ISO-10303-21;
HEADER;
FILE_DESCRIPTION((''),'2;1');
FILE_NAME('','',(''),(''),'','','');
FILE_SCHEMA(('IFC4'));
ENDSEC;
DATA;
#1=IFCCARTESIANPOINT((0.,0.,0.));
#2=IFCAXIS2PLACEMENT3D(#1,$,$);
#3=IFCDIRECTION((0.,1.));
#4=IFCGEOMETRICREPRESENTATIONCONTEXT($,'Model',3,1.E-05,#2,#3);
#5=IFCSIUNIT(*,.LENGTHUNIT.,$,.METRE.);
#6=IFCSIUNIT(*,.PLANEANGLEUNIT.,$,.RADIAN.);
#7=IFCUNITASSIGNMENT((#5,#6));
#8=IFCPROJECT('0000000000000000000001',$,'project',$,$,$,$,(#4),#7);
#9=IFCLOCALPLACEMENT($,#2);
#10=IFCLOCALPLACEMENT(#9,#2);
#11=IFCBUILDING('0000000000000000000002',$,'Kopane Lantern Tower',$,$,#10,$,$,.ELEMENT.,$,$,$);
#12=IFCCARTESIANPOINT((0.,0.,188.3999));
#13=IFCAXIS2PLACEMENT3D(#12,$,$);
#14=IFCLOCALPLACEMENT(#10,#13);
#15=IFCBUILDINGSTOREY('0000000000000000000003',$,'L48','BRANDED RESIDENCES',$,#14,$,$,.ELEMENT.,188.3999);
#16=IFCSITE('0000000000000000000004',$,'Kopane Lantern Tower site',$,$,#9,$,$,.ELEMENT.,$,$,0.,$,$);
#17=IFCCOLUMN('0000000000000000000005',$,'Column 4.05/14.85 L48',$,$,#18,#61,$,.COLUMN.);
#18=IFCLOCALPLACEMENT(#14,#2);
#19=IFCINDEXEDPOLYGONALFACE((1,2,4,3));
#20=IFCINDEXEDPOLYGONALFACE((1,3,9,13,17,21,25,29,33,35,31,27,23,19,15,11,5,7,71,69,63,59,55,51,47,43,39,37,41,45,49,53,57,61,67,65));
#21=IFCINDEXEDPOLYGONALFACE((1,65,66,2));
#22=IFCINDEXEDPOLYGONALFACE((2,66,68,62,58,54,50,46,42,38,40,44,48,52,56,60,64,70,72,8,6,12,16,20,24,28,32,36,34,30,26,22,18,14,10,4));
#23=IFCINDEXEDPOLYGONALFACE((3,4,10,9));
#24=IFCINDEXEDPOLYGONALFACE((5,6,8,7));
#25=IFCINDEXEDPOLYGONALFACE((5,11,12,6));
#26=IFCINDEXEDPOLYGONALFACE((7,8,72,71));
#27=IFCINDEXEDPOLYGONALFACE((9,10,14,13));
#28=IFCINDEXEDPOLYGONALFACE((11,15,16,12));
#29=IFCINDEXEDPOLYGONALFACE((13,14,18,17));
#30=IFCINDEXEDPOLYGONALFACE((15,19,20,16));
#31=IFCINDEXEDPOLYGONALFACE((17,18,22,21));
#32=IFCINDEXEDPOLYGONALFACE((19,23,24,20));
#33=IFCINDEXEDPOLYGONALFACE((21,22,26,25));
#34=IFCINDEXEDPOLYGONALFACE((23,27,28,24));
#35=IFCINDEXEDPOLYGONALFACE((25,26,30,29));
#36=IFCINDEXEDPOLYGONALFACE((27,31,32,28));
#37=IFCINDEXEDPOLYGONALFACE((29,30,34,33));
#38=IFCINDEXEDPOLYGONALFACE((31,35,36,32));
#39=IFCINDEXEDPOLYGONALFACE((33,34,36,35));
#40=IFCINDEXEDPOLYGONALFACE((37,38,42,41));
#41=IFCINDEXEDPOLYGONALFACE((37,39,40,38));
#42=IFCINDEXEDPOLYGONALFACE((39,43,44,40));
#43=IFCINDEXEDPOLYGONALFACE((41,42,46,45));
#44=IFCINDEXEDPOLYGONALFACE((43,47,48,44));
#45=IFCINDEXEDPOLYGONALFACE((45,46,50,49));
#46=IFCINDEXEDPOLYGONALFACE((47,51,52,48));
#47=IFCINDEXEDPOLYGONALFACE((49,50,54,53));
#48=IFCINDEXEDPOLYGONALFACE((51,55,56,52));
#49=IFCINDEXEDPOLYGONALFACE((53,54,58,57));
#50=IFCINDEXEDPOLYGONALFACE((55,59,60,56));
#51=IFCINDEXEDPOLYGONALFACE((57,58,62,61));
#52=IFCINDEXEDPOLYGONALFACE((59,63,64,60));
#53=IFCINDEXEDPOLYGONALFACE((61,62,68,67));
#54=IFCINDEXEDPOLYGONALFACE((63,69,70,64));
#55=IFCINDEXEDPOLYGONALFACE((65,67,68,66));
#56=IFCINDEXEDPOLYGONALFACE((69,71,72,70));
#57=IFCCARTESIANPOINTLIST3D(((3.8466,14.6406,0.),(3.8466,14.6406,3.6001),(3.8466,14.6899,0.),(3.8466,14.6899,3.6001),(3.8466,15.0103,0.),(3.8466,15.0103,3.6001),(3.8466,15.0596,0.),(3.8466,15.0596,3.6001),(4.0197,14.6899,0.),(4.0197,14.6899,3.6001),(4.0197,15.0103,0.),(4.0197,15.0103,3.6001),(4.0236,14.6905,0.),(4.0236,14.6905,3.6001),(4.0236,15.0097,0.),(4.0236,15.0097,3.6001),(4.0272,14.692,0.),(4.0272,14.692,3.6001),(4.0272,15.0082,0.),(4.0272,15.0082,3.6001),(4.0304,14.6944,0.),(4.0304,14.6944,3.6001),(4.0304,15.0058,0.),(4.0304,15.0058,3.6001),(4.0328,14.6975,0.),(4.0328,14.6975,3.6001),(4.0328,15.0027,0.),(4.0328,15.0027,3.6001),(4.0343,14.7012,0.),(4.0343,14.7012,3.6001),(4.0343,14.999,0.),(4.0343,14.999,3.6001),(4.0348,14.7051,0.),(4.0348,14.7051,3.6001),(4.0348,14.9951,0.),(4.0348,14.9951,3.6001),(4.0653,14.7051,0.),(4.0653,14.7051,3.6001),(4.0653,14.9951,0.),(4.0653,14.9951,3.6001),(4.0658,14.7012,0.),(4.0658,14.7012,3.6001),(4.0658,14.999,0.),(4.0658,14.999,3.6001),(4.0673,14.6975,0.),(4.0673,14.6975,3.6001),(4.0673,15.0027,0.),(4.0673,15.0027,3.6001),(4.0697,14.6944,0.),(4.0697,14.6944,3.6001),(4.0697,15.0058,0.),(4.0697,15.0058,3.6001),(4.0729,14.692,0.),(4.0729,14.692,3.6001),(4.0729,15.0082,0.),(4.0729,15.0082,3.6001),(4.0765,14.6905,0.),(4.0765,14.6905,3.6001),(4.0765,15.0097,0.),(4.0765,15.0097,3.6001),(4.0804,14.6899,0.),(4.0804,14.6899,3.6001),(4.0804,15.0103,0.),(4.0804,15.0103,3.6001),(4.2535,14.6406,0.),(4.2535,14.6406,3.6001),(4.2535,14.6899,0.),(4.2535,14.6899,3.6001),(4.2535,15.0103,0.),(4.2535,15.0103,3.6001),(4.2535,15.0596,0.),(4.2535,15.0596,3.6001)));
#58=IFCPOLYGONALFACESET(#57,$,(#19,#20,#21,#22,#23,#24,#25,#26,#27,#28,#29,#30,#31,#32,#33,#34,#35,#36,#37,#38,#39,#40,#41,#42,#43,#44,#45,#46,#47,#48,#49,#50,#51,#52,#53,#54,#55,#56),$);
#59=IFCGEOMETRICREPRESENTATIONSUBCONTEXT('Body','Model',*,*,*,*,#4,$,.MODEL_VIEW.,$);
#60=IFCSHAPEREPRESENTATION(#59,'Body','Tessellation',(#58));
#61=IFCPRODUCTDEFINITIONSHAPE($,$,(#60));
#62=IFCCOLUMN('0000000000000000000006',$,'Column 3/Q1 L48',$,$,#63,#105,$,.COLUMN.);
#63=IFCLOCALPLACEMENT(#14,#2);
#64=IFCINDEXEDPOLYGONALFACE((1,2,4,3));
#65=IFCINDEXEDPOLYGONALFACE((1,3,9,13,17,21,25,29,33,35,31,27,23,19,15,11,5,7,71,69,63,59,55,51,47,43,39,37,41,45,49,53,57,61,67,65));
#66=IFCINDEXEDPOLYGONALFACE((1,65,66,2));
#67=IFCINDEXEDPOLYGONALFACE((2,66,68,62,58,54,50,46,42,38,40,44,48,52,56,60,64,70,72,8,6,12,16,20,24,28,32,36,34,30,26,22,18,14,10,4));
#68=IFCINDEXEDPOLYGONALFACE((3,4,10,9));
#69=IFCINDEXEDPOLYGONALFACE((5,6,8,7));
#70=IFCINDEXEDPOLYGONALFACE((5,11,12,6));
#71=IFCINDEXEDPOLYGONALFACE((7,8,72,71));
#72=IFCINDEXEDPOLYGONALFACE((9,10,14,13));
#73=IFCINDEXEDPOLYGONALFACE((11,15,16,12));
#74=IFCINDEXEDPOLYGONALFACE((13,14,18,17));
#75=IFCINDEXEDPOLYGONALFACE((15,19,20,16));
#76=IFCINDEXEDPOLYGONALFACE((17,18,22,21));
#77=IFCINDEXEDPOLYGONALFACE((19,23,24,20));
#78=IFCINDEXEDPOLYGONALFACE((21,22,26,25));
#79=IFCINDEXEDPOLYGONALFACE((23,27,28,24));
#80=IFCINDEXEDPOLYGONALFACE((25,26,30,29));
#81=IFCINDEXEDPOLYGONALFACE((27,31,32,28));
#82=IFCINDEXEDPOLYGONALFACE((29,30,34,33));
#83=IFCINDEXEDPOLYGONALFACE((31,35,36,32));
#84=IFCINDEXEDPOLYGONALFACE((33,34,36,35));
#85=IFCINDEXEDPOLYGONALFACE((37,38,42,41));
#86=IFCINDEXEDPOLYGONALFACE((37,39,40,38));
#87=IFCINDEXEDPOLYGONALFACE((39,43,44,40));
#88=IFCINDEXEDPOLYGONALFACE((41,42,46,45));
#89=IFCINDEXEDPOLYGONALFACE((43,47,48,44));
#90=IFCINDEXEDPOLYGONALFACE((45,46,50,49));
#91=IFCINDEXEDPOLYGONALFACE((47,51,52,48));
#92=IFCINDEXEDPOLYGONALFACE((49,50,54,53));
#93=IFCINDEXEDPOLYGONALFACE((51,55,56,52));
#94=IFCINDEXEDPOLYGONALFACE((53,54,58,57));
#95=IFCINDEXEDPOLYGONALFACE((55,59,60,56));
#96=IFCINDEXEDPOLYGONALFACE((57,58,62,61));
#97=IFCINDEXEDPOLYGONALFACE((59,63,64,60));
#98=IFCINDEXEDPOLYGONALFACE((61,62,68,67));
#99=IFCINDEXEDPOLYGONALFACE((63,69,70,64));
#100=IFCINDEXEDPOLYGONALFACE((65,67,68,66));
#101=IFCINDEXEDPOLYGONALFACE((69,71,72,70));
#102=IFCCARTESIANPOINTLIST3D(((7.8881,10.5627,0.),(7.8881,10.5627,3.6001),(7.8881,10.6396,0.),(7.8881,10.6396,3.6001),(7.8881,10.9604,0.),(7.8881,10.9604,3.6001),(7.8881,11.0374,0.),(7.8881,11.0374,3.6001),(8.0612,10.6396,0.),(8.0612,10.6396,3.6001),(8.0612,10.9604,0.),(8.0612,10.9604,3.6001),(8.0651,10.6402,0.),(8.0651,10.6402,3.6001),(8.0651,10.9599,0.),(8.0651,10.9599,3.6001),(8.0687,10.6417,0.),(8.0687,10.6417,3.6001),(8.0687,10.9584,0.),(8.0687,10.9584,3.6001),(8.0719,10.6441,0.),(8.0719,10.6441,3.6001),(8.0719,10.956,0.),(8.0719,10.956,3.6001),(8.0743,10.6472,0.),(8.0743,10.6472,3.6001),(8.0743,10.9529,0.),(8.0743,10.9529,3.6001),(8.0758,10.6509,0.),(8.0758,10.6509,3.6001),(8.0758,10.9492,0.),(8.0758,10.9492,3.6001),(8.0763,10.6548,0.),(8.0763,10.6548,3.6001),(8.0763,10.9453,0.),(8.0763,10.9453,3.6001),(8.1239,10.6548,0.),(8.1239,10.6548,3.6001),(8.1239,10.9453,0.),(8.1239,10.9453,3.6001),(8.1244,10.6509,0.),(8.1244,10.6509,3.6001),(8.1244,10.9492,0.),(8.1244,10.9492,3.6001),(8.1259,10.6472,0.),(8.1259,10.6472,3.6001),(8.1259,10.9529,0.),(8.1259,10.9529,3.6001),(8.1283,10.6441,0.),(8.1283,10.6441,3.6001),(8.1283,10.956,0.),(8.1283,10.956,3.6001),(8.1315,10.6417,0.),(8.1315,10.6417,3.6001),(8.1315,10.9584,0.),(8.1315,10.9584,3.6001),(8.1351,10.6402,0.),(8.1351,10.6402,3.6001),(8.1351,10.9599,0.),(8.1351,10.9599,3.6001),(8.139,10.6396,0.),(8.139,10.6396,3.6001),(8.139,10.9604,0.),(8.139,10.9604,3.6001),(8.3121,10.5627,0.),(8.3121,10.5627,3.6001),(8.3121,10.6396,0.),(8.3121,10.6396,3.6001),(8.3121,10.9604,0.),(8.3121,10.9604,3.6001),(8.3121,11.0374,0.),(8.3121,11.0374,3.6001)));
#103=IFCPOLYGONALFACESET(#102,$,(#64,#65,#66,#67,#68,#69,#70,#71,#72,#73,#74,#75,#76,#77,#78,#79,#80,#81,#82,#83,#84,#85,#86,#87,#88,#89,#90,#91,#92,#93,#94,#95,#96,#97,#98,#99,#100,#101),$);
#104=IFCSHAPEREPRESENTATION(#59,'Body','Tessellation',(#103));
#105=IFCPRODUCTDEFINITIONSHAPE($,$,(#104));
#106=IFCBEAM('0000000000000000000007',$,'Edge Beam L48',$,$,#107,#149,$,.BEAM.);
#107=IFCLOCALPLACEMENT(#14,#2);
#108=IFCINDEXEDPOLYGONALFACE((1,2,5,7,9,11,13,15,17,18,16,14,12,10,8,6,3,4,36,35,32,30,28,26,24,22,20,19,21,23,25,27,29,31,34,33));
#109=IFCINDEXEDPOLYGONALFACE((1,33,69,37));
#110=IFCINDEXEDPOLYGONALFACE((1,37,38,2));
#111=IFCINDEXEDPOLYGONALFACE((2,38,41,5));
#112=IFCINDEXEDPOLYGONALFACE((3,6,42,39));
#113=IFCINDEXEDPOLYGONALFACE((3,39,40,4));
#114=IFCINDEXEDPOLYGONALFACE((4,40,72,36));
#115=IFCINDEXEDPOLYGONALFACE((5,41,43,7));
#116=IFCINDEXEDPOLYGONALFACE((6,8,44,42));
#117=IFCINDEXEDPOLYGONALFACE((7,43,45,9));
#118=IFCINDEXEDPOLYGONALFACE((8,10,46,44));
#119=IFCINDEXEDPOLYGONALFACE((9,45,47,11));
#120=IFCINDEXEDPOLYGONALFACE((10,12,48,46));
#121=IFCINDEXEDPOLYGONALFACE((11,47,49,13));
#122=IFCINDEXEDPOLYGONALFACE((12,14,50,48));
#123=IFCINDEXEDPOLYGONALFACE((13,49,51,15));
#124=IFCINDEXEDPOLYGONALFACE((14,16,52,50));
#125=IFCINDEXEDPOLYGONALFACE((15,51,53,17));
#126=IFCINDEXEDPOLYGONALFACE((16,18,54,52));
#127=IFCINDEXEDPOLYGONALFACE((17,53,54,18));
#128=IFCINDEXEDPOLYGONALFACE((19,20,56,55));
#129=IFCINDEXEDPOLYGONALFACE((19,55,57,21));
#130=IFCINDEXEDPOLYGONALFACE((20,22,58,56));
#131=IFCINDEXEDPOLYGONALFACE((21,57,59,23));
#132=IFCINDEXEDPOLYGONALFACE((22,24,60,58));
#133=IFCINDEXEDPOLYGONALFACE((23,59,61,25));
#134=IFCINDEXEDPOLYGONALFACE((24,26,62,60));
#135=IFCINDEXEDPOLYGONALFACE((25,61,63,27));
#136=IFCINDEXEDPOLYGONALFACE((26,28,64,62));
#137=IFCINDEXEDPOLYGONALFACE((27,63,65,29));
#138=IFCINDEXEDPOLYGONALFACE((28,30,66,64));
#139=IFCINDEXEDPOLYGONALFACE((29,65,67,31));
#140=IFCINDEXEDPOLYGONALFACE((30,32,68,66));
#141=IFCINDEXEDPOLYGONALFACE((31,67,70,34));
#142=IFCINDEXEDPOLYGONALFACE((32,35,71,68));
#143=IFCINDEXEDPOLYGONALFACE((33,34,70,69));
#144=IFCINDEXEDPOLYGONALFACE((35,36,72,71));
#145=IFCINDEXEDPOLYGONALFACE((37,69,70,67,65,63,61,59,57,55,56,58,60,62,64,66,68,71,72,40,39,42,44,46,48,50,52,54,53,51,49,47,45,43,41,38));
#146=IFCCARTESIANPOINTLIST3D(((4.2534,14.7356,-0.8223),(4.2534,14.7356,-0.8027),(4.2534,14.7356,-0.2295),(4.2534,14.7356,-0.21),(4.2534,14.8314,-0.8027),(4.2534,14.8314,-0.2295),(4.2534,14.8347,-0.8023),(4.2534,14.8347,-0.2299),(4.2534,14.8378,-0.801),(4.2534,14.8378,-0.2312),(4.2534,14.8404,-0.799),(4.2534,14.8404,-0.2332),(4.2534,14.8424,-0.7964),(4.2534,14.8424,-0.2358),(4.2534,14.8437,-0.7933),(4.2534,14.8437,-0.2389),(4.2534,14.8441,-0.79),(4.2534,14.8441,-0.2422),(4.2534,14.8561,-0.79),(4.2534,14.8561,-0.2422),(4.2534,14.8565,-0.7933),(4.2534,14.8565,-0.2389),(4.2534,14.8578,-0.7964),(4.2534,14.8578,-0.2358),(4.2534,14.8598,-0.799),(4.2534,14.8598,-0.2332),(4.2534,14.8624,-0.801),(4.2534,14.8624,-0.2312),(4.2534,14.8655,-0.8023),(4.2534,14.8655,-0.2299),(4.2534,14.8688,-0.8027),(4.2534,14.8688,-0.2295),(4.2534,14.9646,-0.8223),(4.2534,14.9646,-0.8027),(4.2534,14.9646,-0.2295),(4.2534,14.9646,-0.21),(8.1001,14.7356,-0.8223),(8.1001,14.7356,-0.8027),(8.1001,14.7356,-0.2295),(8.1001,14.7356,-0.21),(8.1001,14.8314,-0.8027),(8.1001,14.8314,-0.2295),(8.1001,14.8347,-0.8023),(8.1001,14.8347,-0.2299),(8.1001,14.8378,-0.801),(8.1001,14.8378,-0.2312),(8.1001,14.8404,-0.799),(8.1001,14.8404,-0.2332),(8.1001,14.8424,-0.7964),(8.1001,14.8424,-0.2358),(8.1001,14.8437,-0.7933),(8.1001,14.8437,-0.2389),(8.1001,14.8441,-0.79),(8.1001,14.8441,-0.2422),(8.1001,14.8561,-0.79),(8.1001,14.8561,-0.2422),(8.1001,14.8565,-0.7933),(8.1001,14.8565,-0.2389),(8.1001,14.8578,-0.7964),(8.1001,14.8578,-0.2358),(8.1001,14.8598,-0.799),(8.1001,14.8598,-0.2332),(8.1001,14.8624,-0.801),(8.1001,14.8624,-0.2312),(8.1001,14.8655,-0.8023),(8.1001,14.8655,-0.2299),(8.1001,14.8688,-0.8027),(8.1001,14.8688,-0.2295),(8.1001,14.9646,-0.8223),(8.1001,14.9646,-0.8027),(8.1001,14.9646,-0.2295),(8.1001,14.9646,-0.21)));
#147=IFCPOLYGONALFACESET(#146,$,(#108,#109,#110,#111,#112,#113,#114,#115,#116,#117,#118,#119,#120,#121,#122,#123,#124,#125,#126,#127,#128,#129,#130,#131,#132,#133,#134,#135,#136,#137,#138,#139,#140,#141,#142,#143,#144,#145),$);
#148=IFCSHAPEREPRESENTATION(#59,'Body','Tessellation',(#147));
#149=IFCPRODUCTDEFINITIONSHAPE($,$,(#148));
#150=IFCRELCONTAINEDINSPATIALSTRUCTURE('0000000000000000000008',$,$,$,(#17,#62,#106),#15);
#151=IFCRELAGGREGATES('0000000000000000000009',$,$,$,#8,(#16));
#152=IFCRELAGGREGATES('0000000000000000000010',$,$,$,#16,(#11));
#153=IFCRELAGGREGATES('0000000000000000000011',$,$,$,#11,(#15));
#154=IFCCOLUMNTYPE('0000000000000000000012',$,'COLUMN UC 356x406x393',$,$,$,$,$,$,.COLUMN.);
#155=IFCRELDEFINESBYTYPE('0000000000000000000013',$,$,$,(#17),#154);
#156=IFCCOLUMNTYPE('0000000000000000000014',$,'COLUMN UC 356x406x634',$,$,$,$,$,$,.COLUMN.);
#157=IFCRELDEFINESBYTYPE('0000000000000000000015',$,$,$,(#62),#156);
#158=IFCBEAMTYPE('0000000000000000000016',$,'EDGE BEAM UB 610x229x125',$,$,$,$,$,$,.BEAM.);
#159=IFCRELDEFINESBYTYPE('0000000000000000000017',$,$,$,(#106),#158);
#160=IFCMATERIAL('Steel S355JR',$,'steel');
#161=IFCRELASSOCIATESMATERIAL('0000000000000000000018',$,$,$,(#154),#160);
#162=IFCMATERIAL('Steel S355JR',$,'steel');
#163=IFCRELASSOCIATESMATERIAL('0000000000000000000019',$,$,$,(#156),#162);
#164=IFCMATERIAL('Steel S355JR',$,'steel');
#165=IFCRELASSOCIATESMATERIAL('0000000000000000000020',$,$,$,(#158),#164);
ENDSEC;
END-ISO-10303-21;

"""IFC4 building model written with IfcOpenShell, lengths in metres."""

from ifc_helpers import new_model, si_unit, direction, frame, origin, origin_2d, place, context, subcontext, project, spatial, i_section, extrude, material, material_profile, profile_set, type_object, element, save


model = new_model("IFC4")

# Units and contexts
model_context = context("Model", 3, precision=1e-05, world=origin(), true_north=direction((0.0, 1.0)))
body_context = subcontext(model_context, "Body", "Model", "MODEL_VIEW")
ifc_project = project(units=[si_unit("LENGTHUNIT", "METRE"), si_unit("PLANEANGLEUNIT", "RADIAN")], contexts=[model_context])

# Site, building, storey
site_placement = place(None, origin())
site = spatial("IfcSite", under=ifc_project, at=site_placement, Name="Kopane Lantern Tower site", CompositionType="ELEMENT", RefElevation=0.0)
building_placement = place(site_placement, origin())
building = spatial("IfcBuilding", under=site, at=building_placement, Name="Kopane Lantern Tower", CompositionType="ELEMENT")
storey_placement = place(building_placement, frame((0.0, 0.0, 188.3999)))
storey = spatial("IfcBuildingStorey", under=building, at=storey_placement, Name="L48", Description="BRANDED RESIDENCES", CompositionType="ELEMENT", Elevation=188.3999)

# Columns
ifc_material_1 = material(Name="Steel S355JR", Category="steel")
ifc_material_profile_1 = material_profile(ifc_material_1, i_section(OverallWidth=0.407, OverallDepth=0.4189, WebThickness=0.0305, FlangeThickness=0.0493, FilletRadius=0.0151, at=origin_2d()), Name="UC 356x406x393")
ifc_profile_set_1 = profile_set([ifc_material_profile_1], Name="Steel S355JR")
column_type_1 = type_object("IfcColumnType", Name="COLUMN UC 356x406x393", PredefinedType="COLUMN", material=ifc_profile_set_1)
column_1_placement = place(storey_placement, frame((4.05, 14.8501, 0.0), z_axis=(0.0, 0.0, 1.0), x_axis=(1.0, 0.0, 0.0)))
element("IfcColumn", 1, at=column_1_placement, inside=storey, type_object=column_type_1, Name="Column 4.05/14.85 L48", PredefinedType="COLUMN", context=body_context, shape_type="SweptSolid", body=[
    extrude(i_section(OverallWidth=0.407, OverallDepth=0.4189, WebThickness=0.0305, FlangeThickness=0.0493, FilletRadius=0.0151, at=origin_2d()), origin(), (0.0, 0.0, 1.0), 3.6001),
])
ifc_material_2 = material(Name="Steel S355JR", Category="steel")
ifc_material_profile_2 = material_profile(ifc_material_2, i_section(OverallWidth=0.4241, OverallDepth=0.4746, WebThickness=0.0476, FlangeThickness=0.0769, FilletRadius=0.0151, at=origin_2d()), Name="UC 356x406x634")
ifc_profile_set_2 = profile_set([ifc_material_profile_2], Name="Steel S355JR")
column_type_2 = type_object("IfcColumnType", Name="COLUMN UC 356x406x634", PredefinedType="COLUMN", material=ifc_profile_set_2)
column_2_placement = place(storey_placement, frame((8.1001, 10.8, 0.0), z_axis=(0.0, 0.0, 1.0), x_axis=(1.0, 0.0, 0.0)))
element("IfcColumn", 2, at=column_2_placement, inside=storey, type_object=column_type_2, Name="Column 3/Q1 L48", PredefinedType="COLUMN", context=body_context, shape_type="SweptSolid", body=[
    extrude(i_section(OverallWidth=0.4241, OverallDepth=0.4746, WebThickness=0.0476, FlangeThickness=0.0769, FilletRadius=0.0151, at=origin_2d()), origin(), (0.0, 0.0, 1.0), 3.6001),
])

# Beam
ifc_material_3 = material(Name="Steel S355JR", Category="steel")
ifc_material_profile_3 = material_profile(ifc_material_3, i_section(OverallWidth=0.229, OverallDepth=0.6123, WebThickness=0.012, FlangeThickness=0.0195, FilletRadius=0.0127, at=origin_2d()), Name="UB 610x229x125")
ifc_profile_set_3 = profile_set([ifc_material_profile_3], Name="Steel S355JR")
beam_type_1 = type_object("IfcBeamType", Name="EDGE BEAM UB 610x229x125", PredefinedType="BEAM", material=ifc_profile_set_3)
beam_placement = place(storey_placement, frame((4.2534, 14.8501, -0.5161), z_axis=(1.0, 0.0, 0.0), x_axis=(0.0, 1.0, 0.0)))
element("IfcBeam", 3, at=beam_placement, inside=storey, type_object=beam_type_1, Name="Edge Beam L48", PredefinedType="BEAM", context=body_context, shape_type="SweptSolid", body=[
    extrude(i_section(OverallWidth=0.229, OverallDepth=0.6123, WebThickness=0.012, FlangeThickness=0.0195, FilletRadius=0.0127, at=origin_2d()), origin(), (0.0, 0.0, 1.0), 3.8467),
])

save(model, "model.ifc")
